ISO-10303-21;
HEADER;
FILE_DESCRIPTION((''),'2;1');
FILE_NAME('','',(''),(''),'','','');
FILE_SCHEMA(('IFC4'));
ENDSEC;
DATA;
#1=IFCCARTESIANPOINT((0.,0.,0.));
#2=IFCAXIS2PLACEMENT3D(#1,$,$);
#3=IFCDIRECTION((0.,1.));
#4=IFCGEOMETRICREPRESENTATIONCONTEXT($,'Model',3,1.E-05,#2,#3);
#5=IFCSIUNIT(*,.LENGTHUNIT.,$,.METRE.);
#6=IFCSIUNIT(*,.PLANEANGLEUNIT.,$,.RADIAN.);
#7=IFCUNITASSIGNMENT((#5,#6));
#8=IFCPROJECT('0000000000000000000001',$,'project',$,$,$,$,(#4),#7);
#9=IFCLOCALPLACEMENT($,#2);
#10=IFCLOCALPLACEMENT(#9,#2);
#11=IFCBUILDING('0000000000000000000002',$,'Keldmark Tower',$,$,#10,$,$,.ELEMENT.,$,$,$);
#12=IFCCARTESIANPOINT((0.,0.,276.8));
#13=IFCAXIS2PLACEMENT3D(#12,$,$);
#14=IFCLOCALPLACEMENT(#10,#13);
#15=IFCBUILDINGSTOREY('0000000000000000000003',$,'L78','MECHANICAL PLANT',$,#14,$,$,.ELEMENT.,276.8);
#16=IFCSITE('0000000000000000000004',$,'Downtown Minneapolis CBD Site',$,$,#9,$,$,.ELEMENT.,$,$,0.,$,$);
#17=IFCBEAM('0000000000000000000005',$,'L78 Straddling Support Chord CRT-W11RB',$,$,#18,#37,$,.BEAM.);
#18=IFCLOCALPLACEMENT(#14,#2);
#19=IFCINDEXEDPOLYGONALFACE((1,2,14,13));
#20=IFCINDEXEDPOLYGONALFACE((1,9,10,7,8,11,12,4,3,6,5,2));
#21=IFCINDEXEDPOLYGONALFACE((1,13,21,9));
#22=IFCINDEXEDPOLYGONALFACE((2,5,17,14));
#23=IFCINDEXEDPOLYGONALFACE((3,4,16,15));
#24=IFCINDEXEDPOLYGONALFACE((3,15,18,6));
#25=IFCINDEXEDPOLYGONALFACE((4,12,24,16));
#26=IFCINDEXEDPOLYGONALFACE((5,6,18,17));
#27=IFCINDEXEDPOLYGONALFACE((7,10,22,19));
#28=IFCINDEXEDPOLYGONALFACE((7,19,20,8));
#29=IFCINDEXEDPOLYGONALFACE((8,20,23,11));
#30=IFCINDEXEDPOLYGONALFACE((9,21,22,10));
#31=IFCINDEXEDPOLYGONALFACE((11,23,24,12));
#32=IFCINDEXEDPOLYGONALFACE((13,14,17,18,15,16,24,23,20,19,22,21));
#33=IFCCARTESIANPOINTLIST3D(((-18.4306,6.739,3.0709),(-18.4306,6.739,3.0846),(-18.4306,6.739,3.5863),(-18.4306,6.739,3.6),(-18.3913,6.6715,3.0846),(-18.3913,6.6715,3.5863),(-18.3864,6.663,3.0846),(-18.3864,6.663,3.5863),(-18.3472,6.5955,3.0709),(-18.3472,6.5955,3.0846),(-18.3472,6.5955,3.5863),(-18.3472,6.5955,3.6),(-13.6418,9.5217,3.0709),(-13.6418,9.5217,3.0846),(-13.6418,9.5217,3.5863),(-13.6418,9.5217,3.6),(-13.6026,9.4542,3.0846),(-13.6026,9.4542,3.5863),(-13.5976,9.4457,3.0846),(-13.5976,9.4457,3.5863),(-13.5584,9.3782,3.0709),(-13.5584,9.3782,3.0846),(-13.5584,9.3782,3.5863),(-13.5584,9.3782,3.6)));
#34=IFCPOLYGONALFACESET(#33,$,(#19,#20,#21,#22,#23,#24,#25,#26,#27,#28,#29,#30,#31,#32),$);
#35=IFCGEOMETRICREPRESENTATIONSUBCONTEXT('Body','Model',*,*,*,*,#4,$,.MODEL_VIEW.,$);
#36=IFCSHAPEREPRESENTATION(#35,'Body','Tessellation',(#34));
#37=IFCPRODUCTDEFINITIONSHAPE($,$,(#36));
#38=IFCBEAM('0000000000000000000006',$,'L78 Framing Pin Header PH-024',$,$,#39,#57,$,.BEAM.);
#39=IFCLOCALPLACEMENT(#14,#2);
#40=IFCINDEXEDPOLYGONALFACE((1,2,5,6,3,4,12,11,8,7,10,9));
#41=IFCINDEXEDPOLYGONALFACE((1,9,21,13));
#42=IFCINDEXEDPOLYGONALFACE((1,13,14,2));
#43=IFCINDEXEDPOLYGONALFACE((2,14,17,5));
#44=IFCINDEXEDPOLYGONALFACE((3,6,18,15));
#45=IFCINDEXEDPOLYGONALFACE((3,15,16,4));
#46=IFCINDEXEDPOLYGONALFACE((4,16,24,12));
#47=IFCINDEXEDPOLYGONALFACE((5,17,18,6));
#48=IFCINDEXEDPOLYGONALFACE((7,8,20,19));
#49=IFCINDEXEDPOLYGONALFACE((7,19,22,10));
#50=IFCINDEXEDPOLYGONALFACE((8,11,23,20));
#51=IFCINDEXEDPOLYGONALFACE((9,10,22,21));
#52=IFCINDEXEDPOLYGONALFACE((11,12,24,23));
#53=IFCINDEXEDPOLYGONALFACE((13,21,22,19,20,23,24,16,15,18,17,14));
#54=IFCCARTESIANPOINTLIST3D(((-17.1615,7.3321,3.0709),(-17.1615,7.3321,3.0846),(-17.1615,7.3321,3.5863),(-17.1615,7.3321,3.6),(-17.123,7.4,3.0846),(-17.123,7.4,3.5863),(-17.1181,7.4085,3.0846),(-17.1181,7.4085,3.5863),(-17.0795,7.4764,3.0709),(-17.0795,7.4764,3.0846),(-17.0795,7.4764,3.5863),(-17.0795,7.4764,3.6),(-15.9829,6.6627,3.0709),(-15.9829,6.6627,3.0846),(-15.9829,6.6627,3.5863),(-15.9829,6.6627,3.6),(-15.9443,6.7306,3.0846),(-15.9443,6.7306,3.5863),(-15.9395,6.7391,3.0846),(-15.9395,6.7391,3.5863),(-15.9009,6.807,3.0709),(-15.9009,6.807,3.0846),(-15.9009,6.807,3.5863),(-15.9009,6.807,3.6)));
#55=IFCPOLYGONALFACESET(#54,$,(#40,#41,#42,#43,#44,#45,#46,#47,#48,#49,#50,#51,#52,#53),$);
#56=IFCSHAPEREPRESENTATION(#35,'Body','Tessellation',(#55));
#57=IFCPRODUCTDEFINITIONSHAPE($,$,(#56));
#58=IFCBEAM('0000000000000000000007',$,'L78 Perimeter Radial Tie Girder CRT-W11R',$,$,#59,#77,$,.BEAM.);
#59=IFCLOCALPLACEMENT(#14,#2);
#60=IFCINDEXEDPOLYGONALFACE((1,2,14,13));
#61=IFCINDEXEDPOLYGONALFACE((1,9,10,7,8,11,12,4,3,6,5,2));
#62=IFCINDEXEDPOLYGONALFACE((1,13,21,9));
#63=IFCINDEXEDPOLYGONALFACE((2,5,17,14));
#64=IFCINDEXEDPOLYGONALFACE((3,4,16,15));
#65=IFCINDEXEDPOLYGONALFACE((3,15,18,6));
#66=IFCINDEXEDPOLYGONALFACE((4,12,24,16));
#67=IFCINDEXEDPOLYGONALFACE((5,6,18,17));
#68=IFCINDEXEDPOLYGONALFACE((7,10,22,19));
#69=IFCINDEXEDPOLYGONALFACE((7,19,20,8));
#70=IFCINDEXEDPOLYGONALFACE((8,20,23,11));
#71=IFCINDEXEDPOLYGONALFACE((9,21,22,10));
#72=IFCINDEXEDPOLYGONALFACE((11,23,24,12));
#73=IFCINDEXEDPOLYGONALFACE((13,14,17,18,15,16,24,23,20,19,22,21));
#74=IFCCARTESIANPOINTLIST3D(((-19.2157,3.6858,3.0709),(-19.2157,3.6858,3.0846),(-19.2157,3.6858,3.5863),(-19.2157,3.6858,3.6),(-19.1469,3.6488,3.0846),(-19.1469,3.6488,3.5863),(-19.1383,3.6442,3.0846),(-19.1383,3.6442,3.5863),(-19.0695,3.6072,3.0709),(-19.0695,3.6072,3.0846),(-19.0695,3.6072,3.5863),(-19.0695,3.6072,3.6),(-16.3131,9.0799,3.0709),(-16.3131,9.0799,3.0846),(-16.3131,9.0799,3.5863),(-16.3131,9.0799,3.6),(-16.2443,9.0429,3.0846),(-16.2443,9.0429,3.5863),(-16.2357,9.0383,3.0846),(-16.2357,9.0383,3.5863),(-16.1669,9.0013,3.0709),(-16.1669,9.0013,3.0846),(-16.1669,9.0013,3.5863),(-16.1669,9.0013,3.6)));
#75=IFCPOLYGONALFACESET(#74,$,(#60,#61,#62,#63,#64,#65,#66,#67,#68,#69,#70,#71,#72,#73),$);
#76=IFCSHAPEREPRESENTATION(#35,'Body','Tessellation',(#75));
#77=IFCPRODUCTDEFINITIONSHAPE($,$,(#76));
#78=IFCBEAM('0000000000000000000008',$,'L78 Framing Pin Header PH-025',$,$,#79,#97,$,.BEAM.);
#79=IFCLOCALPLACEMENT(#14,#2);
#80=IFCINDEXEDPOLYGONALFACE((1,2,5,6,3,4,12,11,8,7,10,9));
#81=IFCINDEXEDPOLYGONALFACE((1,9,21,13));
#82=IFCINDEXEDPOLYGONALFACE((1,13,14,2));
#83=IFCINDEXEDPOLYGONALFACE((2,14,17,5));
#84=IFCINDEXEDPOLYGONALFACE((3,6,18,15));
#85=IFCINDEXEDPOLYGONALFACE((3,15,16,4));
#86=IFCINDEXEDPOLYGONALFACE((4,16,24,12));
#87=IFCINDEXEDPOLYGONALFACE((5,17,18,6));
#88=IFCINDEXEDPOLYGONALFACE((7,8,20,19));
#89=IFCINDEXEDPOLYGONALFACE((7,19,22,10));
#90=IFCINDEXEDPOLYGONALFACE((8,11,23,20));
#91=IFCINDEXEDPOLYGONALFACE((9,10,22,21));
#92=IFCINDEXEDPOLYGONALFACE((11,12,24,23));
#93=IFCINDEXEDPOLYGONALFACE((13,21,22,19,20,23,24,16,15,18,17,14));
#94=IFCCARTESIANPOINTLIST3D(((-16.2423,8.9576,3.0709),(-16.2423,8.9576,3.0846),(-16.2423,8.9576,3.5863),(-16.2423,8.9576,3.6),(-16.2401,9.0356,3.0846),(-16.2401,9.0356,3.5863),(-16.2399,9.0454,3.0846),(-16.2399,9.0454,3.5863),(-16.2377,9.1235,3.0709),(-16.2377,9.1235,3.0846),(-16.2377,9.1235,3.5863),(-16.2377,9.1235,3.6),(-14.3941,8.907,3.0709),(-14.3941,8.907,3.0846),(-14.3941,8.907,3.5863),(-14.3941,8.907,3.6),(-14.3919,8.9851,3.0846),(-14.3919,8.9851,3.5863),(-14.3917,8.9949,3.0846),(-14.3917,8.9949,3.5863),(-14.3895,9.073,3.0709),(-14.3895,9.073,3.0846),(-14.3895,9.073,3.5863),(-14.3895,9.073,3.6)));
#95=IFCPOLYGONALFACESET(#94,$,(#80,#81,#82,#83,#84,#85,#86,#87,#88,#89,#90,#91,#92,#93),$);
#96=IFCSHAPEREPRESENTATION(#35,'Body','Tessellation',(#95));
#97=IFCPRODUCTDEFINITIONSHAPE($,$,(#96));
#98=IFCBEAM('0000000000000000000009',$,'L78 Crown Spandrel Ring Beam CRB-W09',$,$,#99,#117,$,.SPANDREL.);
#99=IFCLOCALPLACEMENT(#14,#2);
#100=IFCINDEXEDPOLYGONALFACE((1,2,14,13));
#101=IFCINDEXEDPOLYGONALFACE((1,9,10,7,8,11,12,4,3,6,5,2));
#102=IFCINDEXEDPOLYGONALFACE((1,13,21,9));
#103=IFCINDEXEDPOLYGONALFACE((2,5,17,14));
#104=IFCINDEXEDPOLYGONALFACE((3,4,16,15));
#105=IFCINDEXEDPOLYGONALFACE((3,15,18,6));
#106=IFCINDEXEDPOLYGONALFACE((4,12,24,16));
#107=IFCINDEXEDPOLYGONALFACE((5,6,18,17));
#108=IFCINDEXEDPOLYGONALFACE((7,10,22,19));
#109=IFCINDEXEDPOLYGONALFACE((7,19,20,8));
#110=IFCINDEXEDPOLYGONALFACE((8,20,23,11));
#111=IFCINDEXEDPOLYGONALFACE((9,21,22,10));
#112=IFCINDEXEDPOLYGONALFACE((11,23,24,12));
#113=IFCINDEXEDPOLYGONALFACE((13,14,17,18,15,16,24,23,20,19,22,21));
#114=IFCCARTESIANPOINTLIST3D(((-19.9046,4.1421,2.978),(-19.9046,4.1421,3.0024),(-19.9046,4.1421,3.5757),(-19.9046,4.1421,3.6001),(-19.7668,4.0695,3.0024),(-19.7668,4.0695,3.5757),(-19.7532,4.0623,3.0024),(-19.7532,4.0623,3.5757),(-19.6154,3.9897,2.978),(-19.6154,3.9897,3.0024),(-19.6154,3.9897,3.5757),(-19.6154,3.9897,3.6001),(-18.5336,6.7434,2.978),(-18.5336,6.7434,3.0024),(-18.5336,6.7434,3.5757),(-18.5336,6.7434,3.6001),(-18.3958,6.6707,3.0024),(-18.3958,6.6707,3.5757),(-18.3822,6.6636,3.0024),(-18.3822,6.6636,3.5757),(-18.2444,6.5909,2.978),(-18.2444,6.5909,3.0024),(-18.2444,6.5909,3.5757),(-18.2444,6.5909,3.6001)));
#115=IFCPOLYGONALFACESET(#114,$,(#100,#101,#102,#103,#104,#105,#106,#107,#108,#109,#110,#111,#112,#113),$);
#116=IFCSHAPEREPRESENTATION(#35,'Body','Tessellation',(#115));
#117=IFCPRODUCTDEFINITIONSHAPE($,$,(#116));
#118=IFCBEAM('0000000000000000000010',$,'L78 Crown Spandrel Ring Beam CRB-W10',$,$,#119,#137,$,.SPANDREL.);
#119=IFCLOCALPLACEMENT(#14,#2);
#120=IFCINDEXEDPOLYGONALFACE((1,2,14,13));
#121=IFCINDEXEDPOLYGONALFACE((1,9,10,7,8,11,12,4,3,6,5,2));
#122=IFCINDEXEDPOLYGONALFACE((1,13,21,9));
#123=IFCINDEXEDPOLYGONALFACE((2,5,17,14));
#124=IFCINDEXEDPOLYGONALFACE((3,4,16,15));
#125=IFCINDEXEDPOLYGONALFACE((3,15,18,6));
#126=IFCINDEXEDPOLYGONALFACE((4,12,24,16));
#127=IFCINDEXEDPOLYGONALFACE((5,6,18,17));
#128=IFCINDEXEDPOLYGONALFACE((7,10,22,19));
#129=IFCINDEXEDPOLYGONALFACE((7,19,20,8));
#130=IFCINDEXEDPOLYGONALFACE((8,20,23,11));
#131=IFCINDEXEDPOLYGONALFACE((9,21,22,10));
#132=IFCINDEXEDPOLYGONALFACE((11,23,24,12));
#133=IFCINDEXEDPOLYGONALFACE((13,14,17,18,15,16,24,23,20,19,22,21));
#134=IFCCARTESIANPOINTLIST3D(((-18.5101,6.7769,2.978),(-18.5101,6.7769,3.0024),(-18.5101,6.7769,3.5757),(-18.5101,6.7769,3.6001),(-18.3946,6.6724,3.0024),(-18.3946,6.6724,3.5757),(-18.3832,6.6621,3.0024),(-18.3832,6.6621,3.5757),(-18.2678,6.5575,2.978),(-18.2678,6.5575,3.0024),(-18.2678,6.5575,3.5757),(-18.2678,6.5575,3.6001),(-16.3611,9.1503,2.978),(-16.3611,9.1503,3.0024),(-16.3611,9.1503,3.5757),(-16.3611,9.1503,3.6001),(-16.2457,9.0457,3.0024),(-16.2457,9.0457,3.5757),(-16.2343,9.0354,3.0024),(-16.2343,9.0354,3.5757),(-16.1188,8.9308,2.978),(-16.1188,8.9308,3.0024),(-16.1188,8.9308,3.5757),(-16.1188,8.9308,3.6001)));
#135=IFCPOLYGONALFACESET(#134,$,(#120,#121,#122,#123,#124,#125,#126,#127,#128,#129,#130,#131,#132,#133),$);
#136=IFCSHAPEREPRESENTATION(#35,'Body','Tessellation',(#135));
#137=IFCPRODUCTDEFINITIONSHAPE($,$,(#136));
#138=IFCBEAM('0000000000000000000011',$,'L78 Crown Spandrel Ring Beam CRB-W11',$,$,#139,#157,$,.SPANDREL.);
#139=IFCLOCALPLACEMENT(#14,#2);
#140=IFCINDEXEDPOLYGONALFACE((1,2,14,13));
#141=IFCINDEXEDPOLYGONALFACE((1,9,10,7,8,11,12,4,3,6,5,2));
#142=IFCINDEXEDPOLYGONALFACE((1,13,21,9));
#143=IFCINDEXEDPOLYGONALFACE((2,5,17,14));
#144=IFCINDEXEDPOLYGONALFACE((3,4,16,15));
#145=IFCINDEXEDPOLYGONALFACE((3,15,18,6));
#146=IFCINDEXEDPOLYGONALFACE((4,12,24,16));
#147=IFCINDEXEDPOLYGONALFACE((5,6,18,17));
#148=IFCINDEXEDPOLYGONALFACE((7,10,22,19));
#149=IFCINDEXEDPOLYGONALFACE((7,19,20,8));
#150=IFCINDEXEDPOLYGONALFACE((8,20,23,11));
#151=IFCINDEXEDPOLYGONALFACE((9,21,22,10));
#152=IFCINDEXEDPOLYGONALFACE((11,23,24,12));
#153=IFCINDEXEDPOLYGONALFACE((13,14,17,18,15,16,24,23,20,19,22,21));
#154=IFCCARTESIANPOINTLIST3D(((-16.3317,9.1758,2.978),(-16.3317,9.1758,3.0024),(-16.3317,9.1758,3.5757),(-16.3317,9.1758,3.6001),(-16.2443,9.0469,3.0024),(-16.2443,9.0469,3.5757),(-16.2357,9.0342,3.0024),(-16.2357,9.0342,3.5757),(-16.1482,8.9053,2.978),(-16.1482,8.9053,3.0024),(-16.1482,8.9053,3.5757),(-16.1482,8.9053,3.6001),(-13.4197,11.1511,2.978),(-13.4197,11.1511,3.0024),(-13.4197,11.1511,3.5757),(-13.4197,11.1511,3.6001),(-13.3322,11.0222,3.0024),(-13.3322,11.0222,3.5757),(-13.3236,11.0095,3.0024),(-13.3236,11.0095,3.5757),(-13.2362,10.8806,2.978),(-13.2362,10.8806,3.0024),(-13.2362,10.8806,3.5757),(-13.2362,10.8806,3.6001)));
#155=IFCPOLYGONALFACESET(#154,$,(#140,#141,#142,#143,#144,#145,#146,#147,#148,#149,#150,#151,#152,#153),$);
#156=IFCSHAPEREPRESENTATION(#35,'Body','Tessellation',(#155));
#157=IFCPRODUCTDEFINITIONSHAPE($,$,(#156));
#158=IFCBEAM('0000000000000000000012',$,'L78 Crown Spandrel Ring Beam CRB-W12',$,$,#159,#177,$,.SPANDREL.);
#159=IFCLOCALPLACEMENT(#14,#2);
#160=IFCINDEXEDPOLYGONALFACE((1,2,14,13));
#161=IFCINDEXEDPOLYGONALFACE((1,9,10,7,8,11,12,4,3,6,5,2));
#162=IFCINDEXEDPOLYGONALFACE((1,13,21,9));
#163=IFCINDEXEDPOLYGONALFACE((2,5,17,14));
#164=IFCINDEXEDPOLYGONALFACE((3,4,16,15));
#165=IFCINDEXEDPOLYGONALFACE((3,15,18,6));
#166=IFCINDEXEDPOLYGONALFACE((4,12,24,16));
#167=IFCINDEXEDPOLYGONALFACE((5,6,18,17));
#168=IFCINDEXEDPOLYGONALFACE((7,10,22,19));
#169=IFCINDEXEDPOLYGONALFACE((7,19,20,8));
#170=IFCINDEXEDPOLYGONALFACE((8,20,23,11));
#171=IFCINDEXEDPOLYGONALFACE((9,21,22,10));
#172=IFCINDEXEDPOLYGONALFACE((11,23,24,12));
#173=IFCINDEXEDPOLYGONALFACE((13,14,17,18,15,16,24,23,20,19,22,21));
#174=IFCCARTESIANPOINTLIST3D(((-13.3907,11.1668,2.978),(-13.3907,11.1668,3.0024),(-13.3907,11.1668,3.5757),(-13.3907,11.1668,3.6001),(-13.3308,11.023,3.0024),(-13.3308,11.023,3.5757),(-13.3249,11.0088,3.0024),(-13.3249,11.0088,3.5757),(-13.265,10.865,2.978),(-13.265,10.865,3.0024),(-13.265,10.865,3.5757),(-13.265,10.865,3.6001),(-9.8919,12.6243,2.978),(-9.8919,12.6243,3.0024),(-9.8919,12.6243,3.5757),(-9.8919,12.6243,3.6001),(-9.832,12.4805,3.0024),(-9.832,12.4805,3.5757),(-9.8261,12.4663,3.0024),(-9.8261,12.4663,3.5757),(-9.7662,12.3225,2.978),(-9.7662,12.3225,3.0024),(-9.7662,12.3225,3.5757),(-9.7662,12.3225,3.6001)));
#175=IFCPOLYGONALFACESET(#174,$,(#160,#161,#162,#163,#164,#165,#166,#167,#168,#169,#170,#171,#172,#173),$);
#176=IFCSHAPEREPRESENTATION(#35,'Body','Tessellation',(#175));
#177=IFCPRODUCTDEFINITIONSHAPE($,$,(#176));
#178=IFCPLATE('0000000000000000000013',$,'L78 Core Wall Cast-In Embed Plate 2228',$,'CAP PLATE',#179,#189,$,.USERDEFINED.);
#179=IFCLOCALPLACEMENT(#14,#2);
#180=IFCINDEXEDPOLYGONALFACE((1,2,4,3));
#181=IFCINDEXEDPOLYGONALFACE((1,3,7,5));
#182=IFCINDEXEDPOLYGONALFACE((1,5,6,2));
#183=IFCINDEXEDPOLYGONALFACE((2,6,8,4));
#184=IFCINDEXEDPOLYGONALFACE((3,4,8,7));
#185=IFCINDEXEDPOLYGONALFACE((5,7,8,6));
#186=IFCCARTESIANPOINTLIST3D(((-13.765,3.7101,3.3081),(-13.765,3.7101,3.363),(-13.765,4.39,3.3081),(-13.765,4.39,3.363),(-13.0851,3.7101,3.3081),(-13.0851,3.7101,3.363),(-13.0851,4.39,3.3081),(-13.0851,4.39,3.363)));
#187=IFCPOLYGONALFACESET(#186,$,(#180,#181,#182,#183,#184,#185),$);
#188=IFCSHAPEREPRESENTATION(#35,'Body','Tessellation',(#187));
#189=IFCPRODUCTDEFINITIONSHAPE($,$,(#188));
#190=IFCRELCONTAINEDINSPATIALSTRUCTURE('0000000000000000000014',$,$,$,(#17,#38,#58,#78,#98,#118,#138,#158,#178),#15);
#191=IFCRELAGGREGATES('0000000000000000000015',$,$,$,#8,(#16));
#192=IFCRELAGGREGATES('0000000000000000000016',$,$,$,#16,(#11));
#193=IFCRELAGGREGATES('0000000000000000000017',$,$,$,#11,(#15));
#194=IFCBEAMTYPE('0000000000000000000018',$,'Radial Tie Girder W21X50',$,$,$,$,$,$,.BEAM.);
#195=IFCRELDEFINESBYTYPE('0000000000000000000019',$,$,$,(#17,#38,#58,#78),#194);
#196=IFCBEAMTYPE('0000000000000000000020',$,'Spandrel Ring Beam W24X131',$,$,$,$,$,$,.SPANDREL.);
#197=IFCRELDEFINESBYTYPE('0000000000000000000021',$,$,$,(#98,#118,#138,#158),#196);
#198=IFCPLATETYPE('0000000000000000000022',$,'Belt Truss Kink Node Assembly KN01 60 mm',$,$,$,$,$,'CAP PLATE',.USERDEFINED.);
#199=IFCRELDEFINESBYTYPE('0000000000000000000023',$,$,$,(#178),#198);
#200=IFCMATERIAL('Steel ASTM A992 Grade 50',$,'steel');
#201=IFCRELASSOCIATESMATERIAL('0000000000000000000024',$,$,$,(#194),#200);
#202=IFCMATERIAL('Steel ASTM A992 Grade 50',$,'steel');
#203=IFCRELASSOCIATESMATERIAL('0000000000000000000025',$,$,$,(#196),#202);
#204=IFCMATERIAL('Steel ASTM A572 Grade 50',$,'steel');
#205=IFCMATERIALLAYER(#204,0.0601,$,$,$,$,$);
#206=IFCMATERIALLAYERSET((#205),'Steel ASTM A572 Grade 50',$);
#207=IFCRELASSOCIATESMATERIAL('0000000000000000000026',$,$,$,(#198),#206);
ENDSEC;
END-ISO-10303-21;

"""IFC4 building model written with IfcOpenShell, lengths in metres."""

from ifc_helpers import new_model, si_unit, direction, frame, origin, origin_2d, place, context, subcontext, project, spatial, rectangle, i_section, extrude, material, layer, layer_set, material_profile, profile_set, type_object, element, save


model = new_model("IFC4")

# Units and contexts
model_context = context("Model", 3, precision=1e-05, world=origin(), true_north=direction((0.0, 1.0)))
body_context = subcontext(model_context, "Body", "Model", "MODEL_VIEW")
ifc_project = project(units=[si_unit("LENGTHUNIT", "METRE"), si_unit("PLANEANGLEUNIT", "RADIAN")], contexts=[model_context])

# Site, building, storey
site_placement = place(None, origin())
site = spatial("IfcSite", under=ifc_project, at=site_placement, Name="Downtown Minneapolis CBD Site", CompositionType="ELEMENT", RefElevation=0.0)
building_placement = place(site_placement, origin())
building = spatial("IfcBuilding", under=site, at=building_placement, Name="Keldmark Tower", CompositionType="ELEMENT")
storey_placement = place(building_placement, frame((0.0, 0.0, 276.8)))
storey = spatial("IfcBuildingStorey", under=building, at=storey_placement, Name="L78", Description="MECHANICAL PLANT", CompositionType="ELEMENT", Elevation=276.8)

# Beams
ifc_material_1 = material(Name="Steel ASTM A992 Grade 50", Category="steel")
ifc_material_profile_1 = material_profile(ifc_material_1, i_section(OverallWidth=0.166, OverallDepth=0.5291, WebThickness=0.0098, FlangeThickness=0.0137, at=origin_2d()), Name="W21X50")
ifc_profile_set_1 = profile_set([ifc_material_profile_1], Name="Steel ASTM A992 Grade 50")
beam_type_1 = type_object("IfcBeamType", Name="Radial Tie Girder W21X50", PredefinedType="BEAM", material=ifc_profile_set_1)
beam_1_placement = place(storey_placement, frame((-13.6001, 9.45, 3.3354), z_axis=(-0.864623, -0.50242, 0.0), x_axis=(0.50242, -0.864623, 0.0)))
element("IfcBeam", 1, at=beam_1_placement, inside=storey, type_object=beam_type_1, Name="L78 Straddling Support Chord CRT-W11RB", PredefinedType="BEAM", context=body_context, shape_type="SweptSolid", body=[
    extrude(i_section(OverallWidth=0.166, OverallDepth=0.5291, WebThickness=0.0098, FlangeThickness=0.0137, at=origin_2d()), origin(), (0.0, 0.0, 1.0), 5.5386),
])
beam_2_placement = place(storey_placement, frame((-15.9419, 6.7349, 3.3354), z_axis=(-0.869548, 0.493848, 0.0), x_axis=(-0.493848, -0.869548, 0.0)))
element("IfcBeam", 2, at=beam_2_placement, inside=storey, type_object=beam_type_1, Name="L78 Framing Pin Header PH-024", PredefinedType="BEAM", context=body_context, shape_type="SweptSolid", body=[
    extrude(i_section(OverallWidth=0.166, OverallDepth=0.5291, WebThickness=0.0098, FlangeThickness=0.0137, at=origin_2d()), origin(), (0.0, 0.0, 1.0), 1.3555),
])
beam_3_placement = place(storey_placement, frame((-19.1426, 3.6465, 3.3354), z_axis=(0.47386, 0.8806, 0.0), x_axis=(-0.8806, 0.47386, 0.0)))
element("IfcBeam", 3, at=beam_3_placement, inside=storey, type_object=beam_type_1, Name="L78 Perimeter Radial Tie Girder CRT-W11R", PredefinedType="BEAM", context=body_context, shape_type="SweptSolid", body=[
    extrude(i_section(OverallWidth=0.166, OverallDepth=0.5291, WebThickness=0.0098, FlangeThickness=0.0137, at=origin_2d()), origin(), (0.0, 0.0, 1.0), 6.1255),
])
beam_4_placement = place(storey_placement, frame((-16.24, 9.0405, 3.3354), z_axis=(0.999626, -0.027335, 0.0), x_axis=(0.027335, 0.999626, 0.0)))
element("IfcBeam", 4, at=beam_4_placement, inside=storey, type_object=beam_type_1, Name="L78 Framing Pin Header PH-025", PredefinedType="BEAM", context=body_context, shape_type="SweptSolid", body=[
    extrude(i_section(OverallWidth=0.166, OverallDepth=0.5291, WebThickness=0.0098, FlangeThickness=0.0137, at=origin_2d()), origin(), (0.0, 0.0, 1.0), 1.8489),
])
ifc_material_2 = material(Name="Steel ASTM A992 Grade 50", Category="steel")
ifc_material_profile_2 = material_profile(ifc_material_2, i_section(OverallWidth=0.3269, OverallDepth=0.6221, WebThickness=0.0154, FlangeThickness=0.0244, at=origin_2d()), Name="W24X131")
ifc_profile_set_2 = profile_set([ifc_material_profile_2], Name="Steel ASTM A992 Grade 50")
beam_type_2 = type_object("IfcBeamType", Name="Spandrel Ring Beam W24X131", PredefinedType="SPANDREL", material=ifc_profile_set_2)
beam_5_placement = place(storey_placement, frame((-19.76, 4.0659, 3.2891), z_axis=(0.466273, 0.884641, 0.0), x_axis=(-0.884641, 0.466273, 0.0)))
element("IfcBeam", 5, at=beam_5_placement, inside=storey, type_object=beam_type_2, Name="L78 Crown Spandrel Ring Beam CRB-W09", PredefinedType="SPANDREL", context=body_context, shape_type="SweptSolid", body=[
    extrude(i_section(OverallWidth=0.3269, OverallDepth=0.6221, WebThickness=0.0154, FlangeThickness=0.0244, at=origin_2d()), origin(), (0.0, 0.0, 1.0), 2.9404),
])
beam_6_placement = place(storey_placement, frame((-18.3889, 6.6672, 3.2891), z_axis=(0.671199, 0.741277, 0.0), x_axis=(-0.741277, 0.671199, 0.0)))
element("IfcBeam", 6, at=beam_6_placement, inside=storey, type_object=beam_type_2, Name="L78 Crown Spandrel Ring Beam CRB-W10", PredefinedType="SPANDREL", context=body_context, shape_type="SweptSolid", body=[
    extrude(i_section(OverallWidth=0.3269, OverallDepth=0.6221, WebThickness=0.0154, FlangeThickness=0.0244, at=origin_2d()), origin(), (0.0, 0.0, 1.0), 3.2017),
])
beam_7_placement = place(storey_placement, frame((-16.24, 9.0405, 3.2891), z_axis=(0.827572, 0.561359, 0.0), x_axis=(-0.561359, 0.827572, 0.0)))
element("IfcBeam", 7, at=beam_7_placement, inside=storey, type_object=beam_type_2, Name="L78 Crown Spandrel Ring Beam CRB-W11", PredefinedType="SPANDREL", context=body_context, shape_type="SweptSolid", body=[
    extrude(i_section(OverallWidth=0.3269, OverallDepth=0.6221, WebThickness=0.0154, FlangeThickness=0.0244, at=origin_2d()), origin(), (0.0, 0.0, 1.0), 3.5188),
])
beam_8_placement = place(storey_placement, frame((-13.3279, 11.0159, 3.2891), z_axis=(0.923106, 0.384547, 0.0), x_axis=(-0.384547, 0.923106, 0.0)))
element("IfcBeam", 8, at=beam_8_placement, inside=storey, type_object=beam_type_2, Name="L78 Crown Spandrel Ring Beam CRB-W12", PredefinedType="SPANDREL", context=body_context, shape_type="SweptSolid", body=[
    extrude(i_section(OverallWidth=0.3269, OverallDepth=0.6221, WebThickness=0.0154, FlangeThickness=0.0244, at=origin_2d()), origin(), (0.0, 0.0, 1.0), 3.7903),
])

# Plate
ifc_material_3 = material(Name="Steel ASTM A572 Grade 50", Category="steel")
ifc_layer_1 = layer(ifc_material_3, 0.0601)
ifc_layer_set_1 = layer_set([ifc_layer_1], Name="Steel ASTM A572 Grade 50")
plate_type_1 = type_object("IfcPlateType", Name="Belt Truss Kink Node Assembly KN01 60 mm", ElementType="CAP PLATE", PredefinedType="USERDEFINED", material=ifc_layer_set_1)
for number, where, z_axis, x_axis, name in (
    (9, (-13.425, 4.05, 3.3081), (0.0, 0.0, 1.0), (1.0, 0.0, 0.0), "L78 Core Wall Cast-In Embed Plate 2228"),
):
    element("IfcPlate", number, at=place(storey_placement, frame(where, z_axis=z_axis, x_axis=x_axis)), inside=storey, type_object=plate_type_1, Name=name, ObjectType="CAP PLATE", PredefinedType="USERDEFINED", context=body_context, shape_type="SweptSolid", body=[
        extrude(rectangle(XDim=0.6799, YDim=0.6799, at=origin_2d()), origin(), (0.0, 0.0, 1.0), 0.0549),
    ])

save(model, "model.ifc")
